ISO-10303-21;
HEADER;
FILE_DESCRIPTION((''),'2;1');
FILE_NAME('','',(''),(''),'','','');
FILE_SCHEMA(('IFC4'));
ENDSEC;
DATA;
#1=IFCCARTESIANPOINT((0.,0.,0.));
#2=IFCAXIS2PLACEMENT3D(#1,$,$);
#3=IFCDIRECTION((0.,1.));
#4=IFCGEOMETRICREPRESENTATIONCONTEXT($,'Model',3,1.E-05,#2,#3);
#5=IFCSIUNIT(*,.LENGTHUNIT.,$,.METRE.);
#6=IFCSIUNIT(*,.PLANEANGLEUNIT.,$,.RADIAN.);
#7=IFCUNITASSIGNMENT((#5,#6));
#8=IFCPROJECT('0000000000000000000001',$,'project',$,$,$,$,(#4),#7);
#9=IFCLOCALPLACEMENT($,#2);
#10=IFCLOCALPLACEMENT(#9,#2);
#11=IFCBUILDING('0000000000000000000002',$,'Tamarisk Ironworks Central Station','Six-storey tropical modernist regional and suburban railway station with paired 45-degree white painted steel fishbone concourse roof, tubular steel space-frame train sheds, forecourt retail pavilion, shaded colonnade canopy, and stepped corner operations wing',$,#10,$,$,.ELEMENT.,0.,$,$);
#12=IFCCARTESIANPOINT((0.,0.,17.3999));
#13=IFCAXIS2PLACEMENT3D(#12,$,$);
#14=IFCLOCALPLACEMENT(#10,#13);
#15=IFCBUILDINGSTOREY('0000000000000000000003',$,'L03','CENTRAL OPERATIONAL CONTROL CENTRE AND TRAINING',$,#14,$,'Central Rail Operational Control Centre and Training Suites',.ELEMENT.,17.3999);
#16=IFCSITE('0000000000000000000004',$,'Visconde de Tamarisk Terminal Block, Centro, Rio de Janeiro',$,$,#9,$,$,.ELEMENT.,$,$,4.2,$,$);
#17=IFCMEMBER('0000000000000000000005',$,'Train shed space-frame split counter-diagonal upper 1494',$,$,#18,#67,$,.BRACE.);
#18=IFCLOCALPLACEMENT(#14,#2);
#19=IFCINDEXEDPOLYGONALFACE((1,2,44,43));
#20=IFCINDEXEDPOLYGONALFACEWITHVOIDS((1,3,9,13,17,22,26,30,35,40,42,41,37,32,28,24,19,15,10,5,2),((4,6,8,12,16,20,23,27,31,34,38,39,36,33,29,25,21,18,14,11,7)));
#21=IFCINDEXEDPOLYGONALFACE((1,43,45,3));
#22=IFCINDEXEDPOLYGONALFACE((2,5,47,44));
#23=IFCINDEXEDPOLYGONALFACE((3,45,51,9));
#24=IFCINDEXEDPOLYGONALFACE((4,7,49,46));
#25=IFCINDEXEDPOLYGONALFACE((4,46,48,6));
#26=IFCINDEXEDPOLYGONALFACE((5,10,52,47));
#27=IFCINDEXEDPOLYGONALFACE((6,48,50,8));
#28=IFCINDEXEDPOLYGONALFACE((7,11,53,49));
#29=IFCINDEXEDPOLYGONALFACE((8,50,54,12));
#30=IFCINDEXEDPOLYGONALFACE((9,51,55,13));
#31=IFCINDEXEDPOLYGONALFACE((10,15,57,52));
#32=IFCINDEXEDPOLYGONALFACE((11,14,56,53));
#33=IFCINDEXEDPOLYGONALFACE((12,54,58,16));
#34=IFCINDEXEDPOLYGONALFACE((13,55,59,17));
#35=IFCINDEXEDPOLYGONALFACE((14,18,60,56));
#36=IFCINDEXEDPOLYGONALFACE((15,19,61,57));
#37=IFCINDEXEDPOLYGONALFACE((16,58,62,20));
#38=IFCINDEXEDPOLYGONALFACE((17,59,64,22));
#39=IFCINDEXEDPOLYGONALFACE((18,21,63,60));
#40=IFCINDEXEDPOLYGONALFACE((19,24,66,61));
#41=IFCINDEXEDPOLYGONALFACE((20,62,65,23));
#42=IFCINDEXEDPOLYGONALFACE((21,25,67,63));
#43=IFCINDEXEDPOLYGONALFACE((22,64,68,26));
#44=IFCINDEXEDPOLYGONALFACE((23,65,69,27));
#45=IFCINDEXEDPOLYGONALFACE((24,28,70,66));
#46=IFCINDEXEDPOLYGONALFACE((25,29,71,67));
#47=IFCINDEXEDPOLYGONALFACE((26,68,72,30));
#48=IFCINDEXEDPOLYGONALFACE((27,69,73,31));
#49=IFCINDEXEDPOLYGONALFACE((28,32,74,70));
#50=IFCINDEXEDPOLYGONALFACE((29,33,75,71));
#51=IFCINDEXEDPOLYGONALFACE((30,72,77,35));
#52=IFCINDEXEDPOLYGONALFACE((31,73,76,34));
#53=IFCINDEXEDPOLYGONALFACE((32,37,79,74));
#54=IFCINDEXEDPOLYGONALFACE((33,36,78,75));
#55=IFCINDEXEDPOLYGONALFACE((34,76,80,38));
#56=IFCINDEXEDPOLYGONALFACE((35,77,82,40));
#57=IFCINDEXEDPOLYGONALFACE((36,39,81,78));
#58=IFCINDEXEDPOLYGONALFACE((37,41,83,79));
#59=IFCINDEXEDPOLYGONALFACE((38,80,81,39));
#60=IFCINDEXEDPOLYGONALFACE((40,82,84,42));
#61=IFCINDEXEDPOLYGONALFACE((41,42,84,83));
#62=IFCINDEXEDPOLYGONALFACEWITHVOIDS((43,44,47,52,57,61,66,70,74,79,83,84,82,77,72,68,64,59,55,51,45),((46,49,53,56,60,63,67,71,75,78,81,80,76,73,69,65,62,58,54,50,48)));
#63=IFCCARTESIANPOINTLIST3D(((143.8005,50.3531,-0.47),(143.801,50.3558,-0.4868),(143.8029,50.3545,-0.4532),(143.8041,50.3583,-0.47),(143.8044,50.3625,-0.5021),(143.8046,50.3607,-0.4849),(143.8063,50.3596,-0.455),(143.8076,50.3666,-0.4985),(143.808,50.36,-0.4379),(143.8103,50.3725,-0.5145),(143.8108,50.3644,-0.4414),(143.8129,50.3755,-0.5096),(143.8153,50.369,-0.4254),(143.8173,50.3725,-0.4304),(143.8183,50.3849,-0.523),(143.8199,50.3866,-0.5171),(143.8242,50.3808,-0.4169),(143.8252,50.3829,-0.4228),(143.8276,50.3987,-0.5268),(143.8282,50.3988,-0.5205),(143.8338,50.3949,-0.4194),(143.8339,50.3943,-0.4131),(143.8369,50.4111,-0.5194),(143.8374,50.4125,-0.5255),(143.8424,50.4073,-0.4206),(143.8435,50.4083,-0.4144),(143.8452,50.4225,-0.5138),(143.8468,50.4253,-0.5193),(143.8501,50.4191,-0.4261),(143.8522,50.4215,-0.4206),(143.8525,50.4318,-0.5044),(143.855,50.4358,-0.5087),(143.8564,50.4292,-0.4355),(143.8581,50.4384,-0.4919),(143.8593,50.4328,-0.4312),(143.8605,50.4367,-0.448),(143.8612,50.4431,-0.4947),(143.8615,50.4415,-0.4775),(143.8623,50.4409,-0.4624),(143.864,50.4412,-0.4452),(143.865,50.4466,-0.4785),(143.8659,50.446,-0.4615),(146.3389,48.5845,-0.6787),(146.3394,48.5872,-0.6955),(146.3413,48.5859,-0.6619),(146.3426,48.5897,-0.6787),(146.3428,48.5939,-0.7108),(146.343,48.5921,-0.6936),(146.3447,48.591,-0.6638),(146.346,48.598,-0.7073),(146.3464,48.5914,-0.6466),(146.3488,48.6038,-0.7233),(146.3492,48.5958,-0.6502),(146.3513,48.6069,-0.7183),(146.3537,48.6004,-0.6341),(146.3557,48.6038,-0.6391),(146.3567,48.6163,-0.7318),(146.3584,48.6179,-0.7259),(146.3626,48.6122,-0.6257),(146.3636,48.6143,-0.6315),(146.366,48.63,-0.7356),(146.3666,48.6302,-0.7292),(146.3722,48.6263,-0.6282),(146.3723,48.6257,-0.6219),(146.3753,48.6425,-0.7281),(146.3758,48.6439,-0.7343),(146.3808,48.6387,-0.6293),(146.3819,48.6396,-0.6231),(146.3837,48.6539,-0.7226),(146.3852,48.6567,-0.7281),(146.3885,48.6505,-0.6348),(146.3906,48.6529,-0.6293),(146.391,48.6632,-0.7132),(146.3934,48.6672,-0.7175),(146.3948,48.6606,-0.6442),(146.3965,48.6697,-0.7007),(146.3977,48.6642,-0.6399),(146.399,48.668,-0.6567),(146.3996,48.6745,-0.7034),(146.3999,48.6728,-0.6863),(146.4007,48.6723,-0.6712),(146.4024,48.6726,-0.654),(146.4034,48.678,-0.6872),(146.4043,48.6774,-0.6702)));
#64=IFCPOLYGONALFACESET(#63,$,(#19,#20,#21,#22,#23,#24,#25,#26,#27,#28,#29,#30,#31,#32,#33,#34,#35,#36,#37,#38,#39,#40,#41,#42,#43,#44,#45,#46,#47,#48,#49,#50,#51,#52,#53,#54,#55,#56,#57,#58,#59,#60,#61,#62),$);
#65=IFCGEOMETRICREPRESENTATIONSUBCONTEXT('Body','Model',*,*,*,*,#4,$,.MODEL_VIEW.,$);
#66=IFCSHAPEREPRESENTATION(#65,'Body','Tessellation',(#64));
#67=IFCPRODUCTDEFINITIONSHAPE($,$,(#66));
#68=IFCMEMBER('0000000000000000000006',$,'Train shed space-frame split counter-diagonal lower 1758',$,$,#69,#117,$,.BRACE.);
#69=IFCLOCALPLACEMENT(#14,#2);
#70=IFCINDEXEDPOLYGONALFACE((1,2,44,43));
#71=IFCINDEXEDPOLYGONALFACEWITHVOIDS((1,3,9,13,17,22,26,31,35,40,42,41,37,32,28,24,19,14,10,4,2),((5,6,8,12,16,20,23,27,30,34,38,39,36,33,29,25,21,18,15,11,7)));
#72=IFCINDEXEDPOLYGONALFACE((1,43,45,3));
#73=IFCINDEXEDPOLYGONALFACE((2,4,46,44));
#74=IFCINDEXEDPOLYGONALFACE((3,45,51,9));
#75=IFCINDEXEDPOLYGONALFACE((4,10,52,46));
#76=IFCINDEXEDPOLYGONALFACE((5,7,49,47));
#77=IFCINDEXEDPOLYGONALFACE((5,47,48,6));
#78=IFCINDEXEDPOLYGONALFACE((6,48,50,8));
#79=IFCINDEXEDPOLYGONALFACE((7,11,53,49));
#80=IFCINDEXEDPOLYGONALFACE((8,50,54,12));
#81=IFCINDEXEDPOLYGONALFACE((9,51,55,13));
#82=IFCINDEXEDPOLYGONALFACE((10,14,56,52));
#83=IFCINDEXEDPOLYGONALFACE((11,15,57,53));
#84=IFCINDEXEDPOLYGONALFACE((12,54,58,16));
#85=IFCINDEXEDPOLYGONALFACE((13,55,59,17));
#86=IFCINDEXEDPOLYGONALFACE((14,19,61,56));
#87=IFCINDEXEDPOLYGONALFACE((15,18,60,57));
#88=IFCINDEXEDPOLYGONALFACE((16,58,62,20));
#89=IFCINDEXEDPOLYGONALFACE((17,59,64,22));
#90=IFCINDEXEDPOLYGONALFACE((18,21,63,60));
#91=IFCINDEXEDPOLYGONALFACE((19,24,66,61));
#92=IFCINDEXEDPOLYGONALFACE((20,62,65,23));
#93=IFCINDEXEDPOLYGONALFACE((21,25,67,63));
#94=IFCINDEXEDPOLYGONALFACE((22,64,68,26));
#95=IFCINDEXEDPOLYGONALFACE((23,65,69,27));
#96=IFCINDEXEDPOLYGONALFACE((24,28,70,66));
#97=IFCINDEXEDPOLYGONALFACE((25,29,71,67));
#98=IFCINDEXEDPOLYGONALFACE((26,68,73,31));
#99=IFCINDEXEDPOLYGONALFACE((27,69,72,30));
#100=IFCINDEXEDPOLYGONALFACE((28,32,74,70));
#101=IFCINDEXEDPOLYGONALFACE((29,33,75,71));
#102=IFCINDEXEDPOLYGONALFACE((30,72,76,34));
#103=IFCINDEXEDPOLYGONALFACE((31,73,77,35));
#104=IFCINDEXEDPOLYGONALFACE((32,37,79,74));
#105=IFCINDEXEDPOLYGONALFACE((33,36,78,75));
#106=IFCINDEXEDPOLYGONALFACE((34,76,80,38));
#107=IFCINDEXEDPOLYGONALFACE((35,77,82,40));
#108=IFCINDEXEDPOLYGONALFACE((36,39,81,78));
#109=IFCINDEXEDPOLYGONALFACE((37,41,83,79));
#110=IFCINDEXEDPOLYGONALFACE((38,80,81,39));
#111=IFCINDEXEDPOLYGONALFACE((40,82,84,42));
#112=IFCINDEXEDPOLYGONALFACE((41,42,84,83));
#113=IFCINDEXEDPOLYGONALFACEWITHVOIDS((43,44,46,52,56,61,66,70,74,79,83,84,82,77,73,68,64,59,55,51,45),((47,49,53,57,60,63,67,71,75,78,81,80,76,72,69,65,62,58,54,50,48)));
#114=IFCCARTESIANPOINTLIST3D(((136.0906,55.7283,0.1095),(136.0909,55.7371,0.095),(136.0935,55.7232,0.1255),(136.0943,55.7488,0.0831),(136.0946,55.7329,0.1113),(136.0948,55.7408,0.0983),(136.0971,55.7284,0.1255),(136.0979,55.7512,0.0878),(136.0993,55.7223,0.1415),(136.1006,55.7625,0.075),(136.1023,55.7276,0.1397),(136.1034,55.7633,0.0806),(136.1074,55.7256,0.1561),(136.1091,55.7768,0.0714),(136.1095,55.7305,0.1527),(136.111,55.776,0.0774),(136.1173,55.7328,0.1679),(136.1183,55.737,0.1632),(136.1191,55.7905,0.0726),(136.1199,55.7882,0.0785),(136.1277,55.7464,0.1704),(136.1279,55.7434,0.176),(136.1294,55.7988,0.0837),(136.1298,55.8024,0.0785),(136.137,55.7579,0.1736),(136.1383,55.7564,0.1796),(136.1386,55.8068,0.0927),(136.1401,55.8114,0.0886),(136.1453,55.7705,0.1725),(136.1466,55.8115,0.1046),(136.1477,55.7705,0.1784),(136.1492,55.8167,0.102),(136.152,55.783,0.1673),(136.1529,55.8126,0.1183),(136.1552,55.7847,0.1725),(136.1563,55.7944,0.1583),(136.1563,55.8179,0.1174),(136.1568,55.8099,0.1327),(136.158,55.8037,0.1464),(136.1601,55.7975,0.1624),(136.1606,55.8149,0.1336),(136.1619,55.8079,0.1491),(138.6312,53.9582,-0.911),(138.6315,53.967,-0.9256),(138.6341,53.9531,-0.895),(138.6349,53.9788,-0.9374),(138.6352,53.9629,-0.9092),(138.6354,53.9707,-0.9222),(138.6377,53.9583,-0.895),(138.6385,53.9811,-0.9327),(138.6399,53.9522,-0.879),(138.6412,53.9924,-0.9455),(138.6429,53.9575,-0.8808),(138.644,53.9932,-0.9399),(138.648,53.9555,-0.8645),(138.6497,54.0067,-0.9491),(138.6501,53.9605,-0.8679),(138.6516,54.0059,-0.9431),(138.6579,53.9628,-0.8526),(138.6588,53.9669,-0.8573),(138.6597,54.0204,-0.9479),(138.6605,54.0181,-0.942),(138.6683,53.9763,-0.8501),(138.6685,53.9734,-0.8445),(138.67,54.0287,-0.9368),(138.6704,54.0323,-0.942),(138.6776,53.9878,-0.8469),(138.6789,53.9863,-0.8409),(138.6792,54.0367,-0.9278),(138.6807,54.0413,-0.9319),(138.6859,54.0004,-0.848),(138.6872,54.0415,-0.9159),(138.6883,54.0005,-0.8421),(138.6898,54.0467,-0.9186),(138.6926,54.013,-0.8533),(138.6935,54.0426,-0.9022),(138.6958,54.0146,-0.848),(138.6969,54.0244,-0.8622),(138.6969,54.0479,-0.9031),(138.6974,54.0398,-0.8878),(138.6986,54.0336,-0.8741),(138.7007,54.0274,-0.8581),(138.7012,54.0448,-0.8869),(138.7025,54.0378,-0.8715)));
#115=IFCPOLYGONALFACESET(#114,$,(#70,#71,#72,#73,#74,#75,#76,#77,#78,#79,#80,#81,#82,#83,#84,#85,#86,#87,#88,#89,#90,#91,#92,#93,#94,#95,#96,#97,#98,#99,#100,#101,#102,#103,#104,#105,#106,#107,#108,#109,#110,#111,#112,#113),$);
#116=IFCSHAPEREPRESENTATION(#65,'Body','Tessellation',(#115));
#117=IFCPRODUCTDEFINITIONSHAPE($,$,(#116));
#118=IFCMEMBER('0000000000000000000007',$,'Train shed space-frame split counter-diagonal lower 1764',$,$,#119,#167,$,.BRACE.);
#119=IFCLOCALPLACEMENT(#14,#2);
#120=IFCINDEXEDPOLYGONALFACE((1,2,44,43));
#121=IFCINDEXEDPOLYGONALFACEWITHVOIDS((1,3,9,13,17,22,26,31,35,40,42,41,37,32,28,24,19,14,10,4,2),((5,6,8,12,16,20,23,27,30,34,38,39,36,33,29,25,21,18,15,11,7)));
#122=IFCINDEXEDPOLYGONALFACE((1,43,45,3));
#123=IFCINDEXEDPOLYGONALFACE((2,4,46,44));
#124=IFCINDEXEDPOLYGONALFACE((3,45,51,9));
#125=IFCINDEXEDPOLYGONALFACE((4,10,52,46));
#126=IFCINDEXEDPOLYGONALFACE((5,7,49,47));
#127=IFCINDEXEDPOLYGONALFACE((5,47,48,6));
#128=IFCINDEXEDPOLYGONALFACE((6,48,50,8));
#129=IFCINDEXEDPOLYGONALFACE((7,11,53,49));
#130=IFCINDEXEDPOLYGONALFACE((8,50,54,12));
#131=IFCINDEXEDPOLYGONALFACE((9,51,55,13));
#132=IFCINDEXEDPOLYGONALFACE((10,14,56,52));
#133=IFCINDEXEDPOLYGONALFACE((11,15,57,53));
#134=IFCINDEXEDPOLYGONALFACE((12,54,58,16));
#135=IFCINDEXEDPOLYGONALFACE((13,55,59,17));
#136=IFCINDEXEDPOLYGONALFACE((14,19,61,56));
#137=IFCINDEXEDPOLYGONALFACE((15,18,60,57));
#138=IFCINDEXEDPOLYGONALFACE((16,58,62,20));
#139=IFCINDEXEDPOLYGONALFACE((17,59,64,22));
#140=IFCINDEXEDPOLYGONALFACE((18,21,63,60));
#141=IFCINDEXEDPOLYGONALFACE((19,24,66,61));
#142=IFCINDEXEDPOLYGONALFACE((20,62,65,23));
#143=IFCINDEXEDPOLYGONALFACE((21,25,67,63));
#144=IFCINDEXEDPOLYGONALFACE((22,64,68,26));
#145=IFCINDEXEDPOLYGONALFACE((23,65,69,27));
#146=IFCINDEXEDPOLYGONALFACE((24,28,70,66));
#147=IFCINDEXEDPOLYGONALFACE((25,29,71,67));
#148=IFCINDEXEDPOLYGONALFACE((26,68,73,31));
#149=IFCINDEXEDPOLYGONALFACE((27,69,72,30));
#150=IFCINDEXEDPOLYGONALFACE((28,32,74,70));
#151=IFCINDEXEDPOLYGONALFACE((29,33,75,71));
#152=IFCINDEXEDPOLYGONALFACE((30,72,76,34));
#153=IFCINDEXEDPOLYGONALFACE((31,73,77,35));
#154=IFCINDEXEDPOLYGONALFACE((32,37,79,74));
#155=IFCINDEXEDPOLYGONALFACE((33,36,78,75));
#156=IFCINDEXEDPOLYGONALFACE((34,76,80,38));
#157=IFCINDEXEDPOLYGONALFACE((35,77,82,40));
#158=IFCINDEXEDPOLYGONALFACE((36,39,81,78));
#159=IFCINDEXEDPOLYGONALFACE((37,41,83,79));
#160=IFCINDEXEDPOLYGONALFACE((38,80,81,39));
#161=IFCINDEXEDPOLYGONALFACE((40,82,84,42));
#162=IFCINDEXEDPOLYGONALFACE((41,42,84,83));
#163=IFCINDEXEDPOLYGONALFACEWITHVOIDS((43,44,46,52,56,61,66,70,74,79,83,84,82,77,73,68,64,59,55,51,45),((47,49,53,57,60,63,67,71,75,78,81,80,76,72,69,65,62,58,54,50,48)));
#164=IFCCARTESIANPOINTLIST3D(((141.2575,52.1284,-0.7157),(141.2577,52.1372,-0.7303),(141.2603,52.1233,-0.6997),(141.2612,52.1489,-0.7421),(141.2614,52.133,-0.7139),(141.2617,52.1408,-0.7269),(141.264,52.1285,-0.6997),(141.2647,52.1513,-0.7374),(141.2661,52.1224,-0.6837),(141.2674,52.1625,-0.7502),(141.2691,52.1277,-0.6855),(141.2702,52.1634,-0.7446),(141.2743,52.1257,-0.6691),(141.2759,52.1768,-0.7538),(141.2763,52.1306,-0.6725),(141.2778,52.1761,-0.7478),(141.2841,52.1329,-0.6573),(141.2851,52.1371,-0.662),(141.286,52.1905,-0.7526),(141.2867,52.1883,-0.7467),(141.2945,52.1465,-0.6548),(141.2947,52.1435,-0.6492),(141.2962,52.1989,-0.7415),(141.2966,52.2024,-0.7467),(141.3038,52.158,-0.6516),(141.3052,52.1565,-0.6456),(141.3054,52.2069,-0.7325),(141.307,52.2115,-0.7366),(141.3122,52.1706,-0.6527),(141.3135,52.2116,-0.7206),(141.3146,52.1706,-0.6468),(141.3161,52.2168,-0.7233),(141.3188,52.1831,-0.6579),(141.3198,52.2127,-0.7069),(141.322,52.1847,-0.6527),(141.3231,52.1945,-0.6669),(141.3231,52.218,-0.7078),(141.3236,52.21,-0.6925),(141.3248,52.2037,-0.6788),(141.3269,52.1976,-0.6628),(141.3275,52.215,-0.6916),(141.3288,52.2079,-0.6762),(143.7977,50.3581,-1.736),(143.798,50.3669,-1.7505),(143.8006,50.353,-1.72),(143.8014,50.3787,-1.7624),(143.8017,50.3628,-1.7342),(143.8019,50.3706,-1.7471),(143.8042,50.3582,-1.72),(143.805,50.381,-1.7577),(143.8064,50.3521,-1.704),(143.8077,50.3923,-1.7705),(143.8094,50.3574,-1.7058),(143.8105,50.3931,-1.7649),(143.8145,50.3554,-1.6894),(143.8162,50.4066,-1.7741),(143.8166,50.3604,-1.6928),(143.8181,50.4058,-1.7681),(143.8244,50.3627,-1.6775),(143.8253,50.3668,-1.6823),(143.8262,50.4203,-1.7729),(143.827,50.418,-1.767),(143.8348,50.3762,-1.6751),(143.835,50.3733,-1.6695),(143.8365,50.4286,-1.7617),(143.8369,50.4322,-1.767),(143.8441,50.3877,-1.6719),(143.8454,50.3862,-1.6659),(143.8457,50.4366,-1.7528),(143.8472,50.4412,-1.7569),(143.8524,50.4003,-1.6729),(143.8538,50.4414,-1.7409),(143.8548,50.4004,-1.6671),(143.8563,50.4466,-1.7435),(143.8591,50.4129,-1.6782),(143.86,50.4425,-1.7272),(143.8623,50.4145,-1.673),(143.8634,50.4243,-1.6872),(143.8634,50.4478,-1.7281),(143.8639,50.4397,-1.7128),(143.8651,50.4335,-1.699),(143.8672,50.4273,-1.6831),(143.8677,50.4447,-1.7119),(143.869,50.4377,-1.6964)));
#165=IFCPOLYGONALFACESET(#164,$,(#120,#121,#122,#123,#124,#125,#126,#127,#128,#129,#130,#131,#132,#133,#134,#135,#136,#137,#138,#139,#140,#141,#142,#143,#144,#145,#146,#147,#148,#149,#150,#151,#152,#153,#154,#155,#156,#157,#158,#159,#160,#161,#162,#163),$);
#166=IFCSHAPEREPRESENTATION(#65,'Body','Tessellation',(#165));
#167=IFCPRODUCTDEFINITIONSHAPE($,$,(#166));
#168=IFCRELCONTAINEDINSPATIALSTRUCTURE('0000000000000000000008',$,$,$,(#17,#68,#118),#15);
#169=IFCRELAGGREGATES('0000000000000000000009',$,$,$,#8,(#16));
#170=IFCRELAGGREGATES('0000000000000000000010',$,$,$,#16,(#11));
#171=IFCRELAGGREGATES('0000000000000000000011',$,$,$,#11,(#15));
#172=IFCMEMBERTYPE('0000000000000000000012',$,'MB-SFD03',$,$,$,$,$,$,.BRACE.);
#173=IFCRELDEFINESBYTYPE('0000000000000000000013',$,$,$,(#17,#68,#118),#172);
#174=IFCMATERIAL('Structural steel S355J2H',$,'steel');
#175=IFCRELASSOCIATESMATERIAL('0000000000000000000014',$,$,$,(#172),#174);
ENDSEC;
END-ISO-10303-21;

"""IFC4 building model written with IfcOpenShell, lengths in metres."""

from ifc_helpers import new_model, si_unit, direction, frame, origin, origin_2d, place, context, subcontext, project, spatial, hollow_circle, extrude, material, material_profile, profile_set, type_object, element, save


model = new_model("IFC4")

# Units and contexts
model_context = context("Model", 3, precision=1e-05, world=origin(), true_north=direction((0.0, 1.0)))
body_context = subcontext(model_context, "Body", "Model", "MODEL_VIEW")
ifc_project = project(units=[si_unit("LENGTHUNIT", "METRE"), si_unit("PLANEANGLEUNIT", "RADIAN")], contexts=[model_context])

# Site, building, storey
site_placement = place(None, origin())
site = spatial("IfcSite", under=ifc_project, at=site_placement, Name="Visconde de Tamarisk Terminal Block, Centro, Rio de Janeiro", CompositionType="ELEMENT", RefElevation=4.2)
building_placement = place(site_placement, origin())
building = spatial("IfcBuilding", under=site, at=building_placement, Name="Tamarisk Ironworks Central Station", Description="Six-storey tropical modernist regional and suburban railway station with paired 45-degree white painted steel fishbone concourse roof, tubular steel space-frame train sheds, forecourt retail pavilion, shaded colonnade canopy, and stepped corner operations wing", CompositionType="ELEMENT", ElevationOfRefHeight=0.0)
storey_placement = place(building_placement, frame((0.0, 0.0, 17.3999)))
storey = spatial("IfcBuildingStorey", under=building, at=storey_placement, Name="L03", Description="CENTRAL OPERATIONAL CONTROL CENTRE AND TRAINING", LongName="Central Rail Operational Control Centre and Training Suites", CompositionType="ELEMENT", Elevation=17.3999)

# Members
ifc_material_1 = material(Name="Structural steel S355J2H", Category="steel")
ifc_material_profile_1 = material_profile(ifc_material_1, hollow_circle(Radius=0.0571, WallThickness=0.0063, at=origin_2d()), Name="CHS 114.3x6.3")
ifc_profile_set_1 = profile_set([ifc_material_profile_1], Name="Structural steel S355J2H")
member_type_1 = type_object("IfcMemberType", Name="MB-SFD03", PredefinedType="BRACE", material=ifc_profile_set_1)
for number, where, z_axis, x_axis, name in (
    (1, (146.3716, 48.6313, -0.6787), (-0.818625, 0.570369, 0.06732), (-0.571666, -0.820487, 0.0), "Train shed space-frame split counter-diagonal upper 1494"),
):
    element("IfcMember", number, at=place(storey_placement, frame(where, z_axis=z_axis, x_axis=x_axis)), inside=storey, type_object=member_type_1, Name=name, PredefinedType="BRACE", context=body_context, shape_type="SweptSolid", body=[
        extrude(hollow_circle(Radius=0.0571, WallThickness=0.0063, at=origin_2d()), origin(), (0.0, 0.0, 1.0), 3.1008),
    ])
member_1_placement = place(storey_placement, frame((138.6667, 54.0, -0.895), z_axis=(-0.779263, 0.542923, 0.313023), x_axis=(-0.571651, -0.820497, 0.0)))
element("IfcMember", 2, at=member_1_placement, inside=storey, type_object=member_type_1, Name="Train shed space-frame split counter-diagonal lower 1758", PredefinedType="BRACE", context=body_context, shape_type="SweptSolid", body=[
    extrude(hollow_circle(Radius=0.0571, WallThickness=0.0063, at=origin_2d()), origin(), (0.0, 0.0, 1.0), 3.2603),
])
for number, where, z_axis, x_axis, name in (
    (3, (143.8333, 50.3999, -1.72), (-0.77922, 0.54302, 0.312961), (-0.571741, -0.820434, 0.0), "Train shed space-frame split counter-diagonal lower 1764"),
):
    element("IfcMember", number, at=place(storey_placement, frame(where, z_axis=z_axis, x_axis=x_axis)), inside=storey, type_object=member_type_1, Name=name, PredefinedType="BRACE", context=body_context, shape_type="SweptSolid", body=[
        extrude(hollow_circle(Radius=0.0571, WallThickness=0.0063, at=origin_2d()), origin(), (0.0, 0.0, 1.0), 3.26),
    ])

save(model, "model.ifc")
